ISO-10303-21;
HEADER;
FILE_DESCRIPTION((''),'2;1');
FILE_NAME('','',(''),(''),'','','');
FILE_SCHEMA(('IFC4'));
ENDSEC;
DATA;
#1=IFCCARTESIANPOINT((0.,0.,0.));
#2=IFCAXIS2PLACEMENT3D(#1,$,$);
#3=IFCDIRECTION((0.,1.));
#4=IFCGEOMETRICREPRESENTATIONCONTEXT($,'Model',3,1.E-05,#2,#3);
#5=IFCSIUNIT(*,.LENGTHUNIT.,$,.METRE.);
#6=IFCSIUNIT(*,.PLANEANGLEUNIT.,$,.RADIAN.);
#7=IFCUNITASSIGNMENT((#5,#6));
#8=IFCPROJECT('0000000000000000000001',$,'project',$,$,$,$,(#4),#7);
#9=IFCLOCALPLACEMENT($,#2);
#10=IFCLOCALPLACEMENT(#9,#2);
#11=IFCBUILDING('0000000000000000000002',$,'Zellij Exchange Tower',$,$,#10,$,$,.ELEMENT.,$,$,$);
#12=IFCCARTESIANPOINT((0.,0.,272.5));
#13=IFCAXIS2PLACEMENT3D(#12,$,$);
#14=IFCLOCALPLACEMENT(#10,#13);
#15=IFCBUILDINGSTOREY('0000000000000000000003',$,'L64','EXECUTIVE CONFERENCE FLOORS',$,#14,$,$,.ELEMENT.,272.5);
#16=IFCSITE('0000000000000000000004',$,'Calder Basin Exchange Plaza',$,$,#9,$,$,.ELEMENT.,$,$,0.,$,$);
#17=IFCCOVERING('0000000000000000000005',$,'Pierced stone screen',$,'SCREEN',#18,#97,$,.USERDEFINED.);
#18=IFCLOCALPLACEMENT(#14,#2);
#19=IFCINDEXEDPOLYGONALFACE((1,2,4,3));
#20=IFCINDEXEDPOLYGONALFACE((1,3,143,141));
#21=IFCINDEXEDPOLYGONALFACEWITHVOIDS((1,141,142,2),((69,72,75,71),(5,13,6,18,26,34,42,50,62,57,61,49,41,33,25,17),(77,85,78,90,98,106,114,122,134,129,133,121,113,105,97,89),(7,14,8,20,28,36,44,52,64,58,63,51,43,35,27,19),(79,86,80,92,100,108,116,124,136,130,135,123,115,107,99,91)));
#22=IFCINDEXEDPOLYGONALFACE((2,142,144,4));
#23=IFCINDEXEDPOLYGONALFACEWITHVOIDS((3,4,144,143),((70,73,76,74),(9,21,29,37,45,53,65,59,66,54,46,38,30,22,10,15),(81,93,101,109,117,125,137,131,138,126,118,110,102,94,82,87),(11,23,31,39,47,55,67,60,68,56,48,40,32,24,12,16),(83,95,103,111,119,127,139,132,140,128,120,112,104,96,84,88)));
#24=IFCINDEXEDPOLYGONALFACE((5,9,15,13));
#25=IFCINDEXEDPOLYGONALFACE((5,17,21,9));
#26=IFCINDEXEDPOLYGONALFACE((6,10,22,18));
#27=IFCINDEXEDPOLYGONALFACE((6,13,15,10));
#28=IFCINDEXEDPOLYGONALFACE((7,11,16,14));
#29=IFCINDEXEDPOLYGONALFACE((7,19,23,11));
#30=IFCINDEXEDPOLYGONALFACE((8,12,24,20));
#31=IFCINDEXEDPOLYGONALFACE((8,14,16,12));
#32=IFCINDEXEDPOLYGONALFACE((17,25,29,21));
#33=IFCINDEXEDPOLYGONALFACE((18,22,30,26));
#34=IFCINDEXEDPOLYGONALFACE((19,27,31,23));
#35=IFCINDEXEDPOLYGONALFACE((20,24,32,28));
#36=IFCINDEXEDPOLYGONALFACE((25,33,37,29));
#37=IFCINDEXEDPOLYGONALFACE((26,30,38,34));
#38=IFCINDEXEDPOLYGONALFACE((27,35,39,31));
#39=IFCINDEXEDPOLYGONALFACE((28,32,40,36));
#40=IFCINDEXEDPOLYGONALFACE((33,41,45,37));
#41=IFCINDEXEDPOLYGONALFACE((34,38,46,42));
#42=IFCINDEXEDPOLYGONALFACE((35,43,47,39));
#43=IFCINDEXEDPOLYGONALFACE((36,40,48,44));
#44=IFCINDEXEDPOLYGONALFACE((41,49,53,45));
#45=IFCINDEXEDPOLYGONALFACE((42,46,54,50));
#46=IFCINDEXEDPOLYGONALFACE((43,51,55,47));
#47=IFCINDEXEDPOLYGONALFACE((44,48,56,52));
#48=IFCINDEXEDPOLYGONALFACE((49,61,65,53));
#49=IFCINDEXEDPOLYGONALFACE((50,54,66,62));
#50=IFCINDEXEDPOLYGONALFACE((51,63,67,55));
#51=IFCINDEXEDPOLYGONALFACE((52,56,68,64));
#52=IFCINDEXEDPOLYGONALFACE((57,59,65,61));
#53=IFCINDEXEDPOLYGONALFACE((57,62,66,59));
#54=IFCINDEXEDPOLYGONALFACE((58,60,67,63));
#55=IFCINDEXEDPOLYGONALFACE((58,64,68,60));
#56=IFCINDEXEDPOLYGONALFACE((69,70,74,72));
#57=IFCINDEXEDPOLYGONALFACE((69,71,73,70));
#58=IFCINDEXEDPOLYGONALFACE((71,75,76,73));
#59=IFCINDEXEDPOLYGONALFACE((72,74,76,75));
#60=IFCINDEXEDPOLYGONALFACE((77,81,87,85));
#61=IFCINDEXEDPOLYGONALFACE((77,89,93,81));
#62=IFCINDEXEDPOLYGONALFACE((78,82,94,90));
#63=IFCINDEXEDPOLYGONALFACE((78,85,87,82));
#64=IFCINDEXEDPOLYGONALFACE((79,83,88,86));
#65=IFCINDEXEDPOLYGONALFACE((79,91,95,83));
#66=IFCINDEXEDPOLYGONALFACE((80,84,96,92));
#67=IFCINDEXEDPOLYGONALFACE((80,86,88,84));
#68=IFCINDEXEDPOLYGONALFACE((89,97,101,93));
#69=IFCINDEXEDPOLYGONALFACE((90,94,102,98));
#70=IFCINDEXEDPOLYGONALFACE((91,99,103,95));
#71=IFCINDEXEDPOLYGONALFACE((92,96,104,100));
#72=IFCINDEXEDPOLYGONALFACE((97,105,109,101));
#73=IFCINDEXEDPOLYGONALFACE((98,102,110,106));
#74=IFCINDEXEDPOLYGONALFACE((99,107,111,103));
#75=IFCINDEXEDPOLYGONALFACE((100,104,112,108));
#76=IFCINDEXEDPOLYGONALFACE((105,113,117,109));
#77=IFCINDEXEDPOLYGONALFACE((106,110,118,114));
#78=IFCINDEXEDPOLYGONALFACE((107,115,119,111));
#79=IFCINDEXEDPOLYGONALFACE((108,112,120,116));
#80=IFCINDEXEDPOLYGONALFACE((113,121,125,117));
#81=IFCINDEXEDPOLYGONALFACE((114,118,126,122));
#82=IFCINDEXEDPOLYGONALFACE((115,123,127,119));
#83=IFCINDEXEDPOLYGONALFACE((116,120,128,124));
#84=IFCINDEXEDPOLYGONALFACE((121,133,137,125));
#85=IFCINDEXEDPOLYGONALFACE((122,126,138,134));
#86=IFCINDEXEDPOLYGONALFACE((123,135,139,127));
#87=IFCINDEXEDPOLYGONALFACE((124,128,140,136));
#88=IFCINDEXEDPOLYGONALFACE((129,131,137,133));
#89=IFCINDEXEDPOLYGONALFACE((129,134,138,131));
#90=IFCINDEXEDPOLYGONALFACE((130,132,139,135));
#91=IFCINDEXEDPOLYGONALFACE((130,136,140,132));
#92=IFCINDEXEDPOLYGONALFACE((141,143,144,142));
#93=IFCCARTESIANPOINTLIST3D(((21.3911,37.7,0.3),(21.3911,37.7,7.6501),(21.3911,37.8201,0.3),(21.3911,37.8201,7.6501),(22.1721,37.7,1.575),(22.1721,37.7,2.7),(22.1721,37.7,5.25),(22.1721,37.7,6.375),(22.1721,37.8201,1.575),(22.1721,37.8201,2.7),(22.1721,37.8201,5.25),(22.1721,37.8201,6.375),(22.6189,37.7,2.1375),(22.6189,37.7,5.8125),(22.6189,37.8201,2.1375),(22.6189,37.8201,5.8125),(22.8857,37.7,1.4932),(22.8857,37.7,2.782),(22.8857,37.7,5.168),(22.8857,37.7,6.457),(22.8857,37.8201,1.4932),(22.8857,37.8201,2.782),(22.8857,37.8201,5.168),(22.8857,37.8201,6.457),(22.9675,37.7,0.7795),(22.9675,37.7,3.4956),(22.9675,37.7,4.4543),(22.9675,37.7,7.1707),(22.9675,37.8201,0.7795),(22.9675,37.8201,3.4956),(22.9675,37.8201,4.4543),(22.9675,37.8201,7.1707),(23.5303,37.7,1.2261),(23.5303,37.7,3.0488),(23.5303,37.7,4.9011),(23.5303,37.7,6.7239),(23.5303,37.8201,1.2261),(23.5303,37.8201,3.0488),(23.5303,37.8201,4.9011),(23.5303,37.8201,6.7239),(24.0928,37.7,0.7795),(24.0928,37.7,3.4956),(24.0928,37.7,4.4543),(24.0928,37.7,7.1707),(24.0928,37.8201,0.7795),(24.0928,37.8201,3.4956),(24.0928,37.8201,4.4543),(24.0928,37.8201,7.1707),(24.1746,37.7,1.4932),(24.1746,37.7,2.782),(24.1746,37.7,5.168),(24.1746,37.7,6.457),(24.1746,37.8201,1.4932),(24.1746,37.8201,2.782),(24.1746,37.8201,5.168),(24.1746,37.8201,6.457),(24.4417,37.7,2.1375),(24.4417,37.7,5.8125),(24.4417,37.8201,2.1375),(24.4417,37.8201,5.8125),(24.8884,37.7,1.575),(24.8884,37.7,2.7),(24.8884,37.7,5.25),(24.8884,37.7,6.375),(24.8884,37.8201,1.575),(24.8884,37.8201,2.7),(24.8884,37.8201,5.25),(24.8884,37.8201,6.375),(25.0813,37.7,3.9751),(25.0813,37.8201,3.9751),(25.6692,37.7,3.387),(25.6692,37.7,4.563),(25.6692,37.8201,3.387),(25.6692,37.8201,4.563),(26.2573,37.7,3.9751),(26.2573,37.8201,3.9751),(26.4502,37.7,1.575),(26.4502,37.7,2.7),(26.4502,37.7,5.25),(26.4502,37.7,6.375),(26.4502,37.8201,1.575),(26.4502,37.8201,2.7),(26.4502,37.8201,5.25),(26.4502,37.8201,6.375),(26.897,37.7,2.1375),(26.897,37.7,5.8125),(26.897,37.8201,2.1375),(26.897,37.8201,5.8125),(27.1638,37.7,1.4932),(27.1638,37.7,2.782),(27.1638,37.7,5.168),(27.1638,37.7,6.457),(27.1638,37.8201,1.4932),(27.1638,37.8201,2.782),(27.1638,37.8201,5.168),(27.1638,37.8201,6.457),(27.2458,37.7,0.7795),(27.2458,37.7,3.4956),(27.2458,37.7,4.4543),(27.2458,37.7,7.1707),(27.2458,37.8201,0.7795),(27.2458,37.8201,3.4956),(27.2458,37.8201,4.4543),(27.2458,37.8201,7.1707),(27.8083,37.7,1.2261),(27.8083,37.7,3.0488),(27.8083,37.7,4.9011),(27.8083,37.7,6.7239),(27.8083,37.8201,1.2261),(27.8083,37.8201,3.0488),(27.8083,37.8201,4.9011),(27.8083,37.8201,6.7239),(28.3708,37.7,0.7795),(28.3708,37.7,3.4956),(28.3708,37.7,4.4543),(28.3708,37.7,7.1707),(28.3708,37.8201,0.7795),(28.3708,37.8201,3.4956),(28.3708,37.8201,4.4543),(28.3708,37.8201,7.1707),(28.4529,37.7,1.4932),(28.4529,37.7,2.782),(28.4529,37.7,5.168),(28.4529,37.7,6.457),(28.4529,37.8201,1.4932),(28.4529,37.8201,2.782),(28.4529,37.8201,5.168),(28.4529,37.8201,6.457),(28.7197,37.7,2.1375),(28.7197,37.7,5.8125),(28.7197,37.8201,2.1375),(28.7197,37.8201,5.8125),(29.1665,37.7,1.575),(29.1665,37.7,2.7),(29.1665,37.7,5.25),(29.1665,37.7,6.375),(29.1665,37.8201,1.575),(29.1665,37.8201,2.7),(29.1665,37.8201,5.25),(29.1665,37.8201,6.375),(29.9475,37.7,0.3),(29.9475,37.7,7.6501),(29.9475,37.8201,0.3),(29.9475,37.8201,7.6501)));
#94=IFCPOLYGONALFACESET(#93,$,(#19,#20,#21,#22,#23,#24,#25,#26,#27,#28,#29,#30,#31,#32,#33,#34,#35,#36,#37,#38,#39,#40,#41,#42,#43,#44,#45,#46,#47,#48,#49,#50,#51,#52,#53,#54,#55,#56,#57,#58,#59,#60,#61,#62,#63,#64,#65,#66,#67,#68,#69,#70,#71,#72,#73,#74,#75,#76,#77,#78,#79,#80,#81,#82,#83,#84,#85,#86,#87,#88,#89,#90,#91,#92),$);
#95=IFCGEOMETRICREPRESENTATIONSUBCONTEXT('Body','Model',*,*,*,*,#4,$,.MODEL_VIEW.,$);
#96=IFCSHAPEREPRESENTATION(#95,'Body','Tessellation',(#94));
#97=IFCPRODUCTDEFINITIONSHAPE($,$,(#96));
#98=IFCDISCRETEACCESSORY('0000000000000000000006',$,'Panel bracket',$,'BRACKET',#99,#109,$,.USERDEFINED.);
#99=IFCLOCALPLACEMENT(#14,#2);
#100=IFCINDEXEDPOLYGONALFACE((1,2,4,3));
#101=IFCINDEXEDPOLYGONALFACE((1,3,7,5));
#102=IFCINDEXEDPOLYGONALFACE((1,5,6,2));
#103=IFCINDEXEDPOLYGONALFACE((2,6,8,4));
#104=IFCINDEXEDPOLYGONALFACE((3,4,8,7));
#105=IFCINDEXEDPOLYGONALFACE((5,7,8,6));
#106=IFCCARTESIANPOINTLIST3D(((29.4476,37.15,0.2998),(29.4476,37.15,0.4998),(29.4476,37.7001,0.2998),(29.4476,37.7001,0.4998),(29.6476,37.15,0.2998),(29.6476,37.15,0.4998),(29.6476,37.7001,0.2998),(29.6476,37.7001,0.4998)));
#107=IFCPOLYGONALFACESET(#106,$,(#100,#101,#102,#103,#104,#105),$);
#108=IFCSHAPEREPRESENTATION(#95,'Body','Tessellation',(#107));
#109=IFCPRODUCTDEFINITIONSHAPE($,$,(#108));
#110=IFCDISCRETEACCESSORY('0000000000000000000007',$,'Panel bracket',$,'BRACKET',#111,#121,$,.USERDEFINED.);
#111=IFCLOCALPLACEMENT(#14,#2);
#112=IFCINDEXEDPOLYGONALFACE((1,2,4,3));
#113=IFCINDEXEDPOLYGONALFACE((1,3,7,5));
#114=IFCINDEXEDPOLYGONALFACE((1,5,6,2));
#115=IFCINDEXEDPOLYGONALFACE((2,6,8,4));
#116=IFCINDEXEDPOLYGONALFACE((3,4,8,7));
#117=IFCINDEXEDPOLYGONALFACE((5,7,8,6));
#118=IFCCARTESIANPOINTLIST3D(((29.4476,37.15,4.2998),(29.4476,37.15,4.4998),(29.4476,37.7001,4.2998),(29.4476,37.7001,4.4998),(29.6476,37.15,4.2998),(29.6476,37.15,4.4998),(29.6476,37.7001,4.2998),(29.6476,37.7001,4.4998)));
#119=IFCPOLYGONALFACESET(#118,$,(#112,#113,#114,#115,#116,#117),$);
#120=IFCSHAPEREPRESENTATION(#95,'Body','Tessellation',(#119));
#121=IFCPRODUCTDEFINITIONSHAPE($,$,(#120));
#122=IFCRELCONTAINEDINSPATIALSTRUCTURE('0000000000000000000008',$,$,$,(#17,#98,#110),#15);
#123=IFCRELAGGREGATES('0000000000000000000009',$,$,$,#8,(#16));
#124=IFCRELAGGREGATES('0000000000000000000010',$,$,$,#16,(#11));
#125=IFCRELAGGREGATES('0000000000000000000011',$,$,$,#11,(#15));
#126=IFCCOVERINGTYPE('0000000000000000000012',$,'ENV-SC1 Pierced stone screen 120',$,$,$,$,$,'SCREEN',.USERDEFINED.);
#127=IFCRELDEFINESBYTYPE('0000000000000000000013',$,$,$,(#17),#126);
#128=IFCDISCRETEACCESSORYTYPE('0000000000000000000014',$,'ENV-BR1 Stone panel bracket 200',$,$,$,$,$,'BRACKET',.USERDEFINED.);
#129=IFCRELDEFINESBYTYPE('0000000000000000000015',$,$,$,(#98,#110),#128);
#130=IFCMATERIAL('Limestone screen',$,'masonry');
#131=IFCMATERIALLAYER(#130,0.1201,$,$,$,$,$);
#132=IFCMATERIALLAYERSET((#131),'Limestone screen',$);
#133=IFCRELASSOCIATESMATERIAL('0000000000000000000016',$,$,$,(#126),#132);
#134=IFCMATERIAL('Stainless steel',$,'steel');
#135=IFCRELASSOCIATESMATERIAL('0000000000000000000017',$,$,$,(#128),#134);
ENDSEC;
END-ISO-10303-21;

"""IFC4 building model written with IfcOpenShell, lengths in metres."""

from ifc_helpers import new_model, si_unit, direction, frame, origin, origin_2d, place, context, subcontext, project, spatial, polyline, rectangle, outline, extrude, material, layer, layer_set, type_object, element, save


model = new_model("IFC4")

# Units and contexts
model_context = context("Model", 3, precision=1e-05, world=origin(), true_north=direction((0.0, 1.0)))
body_context = subcontext(model_context, "Body", "Model", "MODEL_VIEW")
ifc_project = project(units=[si_unit("LENGTHUNIT", "METRE"), si_unit("PLANEANGLEUNIT", "RADIAN")], contexts=[model_context])

# Site, building, storey
site_placement = place(None, origin())
site = spatial("IfcSite", under=ifc_project, at=site_placement, Name="Calder Basin Exchange Plaza", CompositionType="ELEMENT", RefElevation=0.0)
building_placement = place(site_placement, origin())
building = spatial("IfcBuilding", under=site, at=building_placement, Name="Zellij Exchange Tower", CompositionType="ELEMENT")
storey_placement = place(building_placement, frame((0.0, 0.0, 272.5)))
storey = spatial("IfcBuildingStorey", under=building, at=storey_placement, Name="L64", Description="EXECUTIVE CONFERENCE FLOORS", CompositionType="ELEMENT", Elevation=272.5)

# Covering
ifc_material_1 = material(Name="Limestone screen", Category="masonry")
ifc_layer_1 = layer(ifc_material_1, 0.1201)
ifc_layer_set_1 = layer_set([ifc_layer_1], Name="Limestone screen")
covering_type = type_object("IfcCoveringType", Name="ENV-SC1 Pierced stone screen 120", ElementType="SCREEN", PredefinedType="USERDEFINED", material=ifc_layer_set_1)
covering_placement = place(storey_placement, frame((29.9475, 37.76, 0.3), z_axis=(0.0, 0.0, 1.0), x_axis=(-1.0, 0.0, 0.0)))
element("IfcCovering", 1, at=covering_placement, inside=storey, type_object=covering_type, Name="Pierced stone screen", ObjectType="SCREEN", PredefinedType="USERDEFINED", context=body_context, shape_type="SweptSolid", body=[
    extrude(outline(polyline([(0.0, 0.0), (8.5564, 0.0), (8.5564, 7.3501), (0.0, 7.3501), (0.0, 0.0)]), holes=[polyline([(3.4973, 2.3999), (2.7837, 2.4819), (2.7017, 3.1956), (2.1392, 2.7488), (1.5767, 3.1956), (1.4946, 2.4819), (0.781, 2.3999), (1.2278, 1.8374), (0.781, 1.2749), (1.4946, 1.1931), (1.5767, 0.4795), (2.1392, 0.926), (2.7017, 0.4795), (2.7837, 1.1931), (3.4973, 1.2749), (3.0505, 1.8374), (3.4973, 2.3999)]), polyline([(3.4973, 6.075), (2.7837, 6.157), (2.7017, 6.8706), (2.1392, 6.4238), (1.5767, 6.8706), (1.4946, 6.157), (0.781, 6.075), (1.2278, 5.5125), (0.781, 4.95), (1.4946, 4.8679), (1.5767, 4.1543), (2.1392, 4.6011), (2.7017, 4.1543), (2.7837, 4.8679), (3.4973, 4.95), (3.0505, 5.5125), (3.4973, 6.075)]), polyline([(7.7754, 2.3999), (7.0618, 2.4819), (6.98, 3.1956), (6.4172, 2.7488), (5.8547, 3.1956), (5.7729, 2.4819), (5.0591, 2.3999), (5.5059, 1.8374), (5.0591, 1.2749), (5.7729, 1.1931), (5.8547, 0.4795), (6.4172, 0.926), (6.98, 0.4795), (7.0618, 1.1931), (7.7754, 1.2749), (7.3286, 1.8374), (7.7754, 2.3999)]), polyline([(7.7754, 6.075), (7.0618, 6.157), (6.98, 6.8706), (6.4172, 6.4238), (5.8547, 6.8706), (5.7729, 6.157), (5.0591, 6.075), (5.5059, 5.5125), (5.0591, 4.95), (5.7729, 4.8679), (5.8547, 4.1543), (6.4172, 4.6011), (6.98, 4.1543), (7.0618, 4.8679), (7.7754, 4.95), (7.3286, 5.5125), (7.7754, 6.075)]), polyline([(4.8662, 3.675), (4.2783, 4.2629), (3.6902, 3.675), (4.2783, 3.0869), (4.8662, 3.675)])]), frame((0.0, 0.0601, 0.0), z_axis=(0.0, -1.0, 0.0), x_axis=(1.0, 0.0, 0.0)), (0.0, 0.0, 1.0), 0.1201),
])

# Discrete accessories
ifc_material_2 = material(Name="Stainless steel", Category="steel")
discrete_accessory_type = type_object("IfcDiscreteAccessoryType", Name="ENV-BR1 Stone panel bracket 200", ElementType="BRACKET", PredefinedType="USERDEFINED", material=ifc_material_2)
for number, where, z_axis, x_axis, name in (
    (2, (29.5476, 37.425, 0.2998), (0.0, 0.0, 1.0), (-1.0, 0.0, 0.0), "Panel bracket"),
    (3, (29.5476, 37.425, 4.2998), (0.0, 0.0, 1.0), (-1.0, 0.0, 0.0), "Panel bracket"),
):
    element("IfcDiscreteAccessory", number, at=place(storey_placement, frame(where, z_axis=z_axis, x_axis=x_axis)), inside=storey, type_object=discrete_accessory_type, Name=name, ObjectType="BRACKET", PredefinedType="USERDEFINED", context=body_context, shape_type="SweptSolid", body=[
        extrude(rectangle(XDim=0.2, YDim=0.55, at=origin_2d()), origin(), (0.0, 0.0, 1.0), 0.2),
    ])

save(model, "model.ifc")
